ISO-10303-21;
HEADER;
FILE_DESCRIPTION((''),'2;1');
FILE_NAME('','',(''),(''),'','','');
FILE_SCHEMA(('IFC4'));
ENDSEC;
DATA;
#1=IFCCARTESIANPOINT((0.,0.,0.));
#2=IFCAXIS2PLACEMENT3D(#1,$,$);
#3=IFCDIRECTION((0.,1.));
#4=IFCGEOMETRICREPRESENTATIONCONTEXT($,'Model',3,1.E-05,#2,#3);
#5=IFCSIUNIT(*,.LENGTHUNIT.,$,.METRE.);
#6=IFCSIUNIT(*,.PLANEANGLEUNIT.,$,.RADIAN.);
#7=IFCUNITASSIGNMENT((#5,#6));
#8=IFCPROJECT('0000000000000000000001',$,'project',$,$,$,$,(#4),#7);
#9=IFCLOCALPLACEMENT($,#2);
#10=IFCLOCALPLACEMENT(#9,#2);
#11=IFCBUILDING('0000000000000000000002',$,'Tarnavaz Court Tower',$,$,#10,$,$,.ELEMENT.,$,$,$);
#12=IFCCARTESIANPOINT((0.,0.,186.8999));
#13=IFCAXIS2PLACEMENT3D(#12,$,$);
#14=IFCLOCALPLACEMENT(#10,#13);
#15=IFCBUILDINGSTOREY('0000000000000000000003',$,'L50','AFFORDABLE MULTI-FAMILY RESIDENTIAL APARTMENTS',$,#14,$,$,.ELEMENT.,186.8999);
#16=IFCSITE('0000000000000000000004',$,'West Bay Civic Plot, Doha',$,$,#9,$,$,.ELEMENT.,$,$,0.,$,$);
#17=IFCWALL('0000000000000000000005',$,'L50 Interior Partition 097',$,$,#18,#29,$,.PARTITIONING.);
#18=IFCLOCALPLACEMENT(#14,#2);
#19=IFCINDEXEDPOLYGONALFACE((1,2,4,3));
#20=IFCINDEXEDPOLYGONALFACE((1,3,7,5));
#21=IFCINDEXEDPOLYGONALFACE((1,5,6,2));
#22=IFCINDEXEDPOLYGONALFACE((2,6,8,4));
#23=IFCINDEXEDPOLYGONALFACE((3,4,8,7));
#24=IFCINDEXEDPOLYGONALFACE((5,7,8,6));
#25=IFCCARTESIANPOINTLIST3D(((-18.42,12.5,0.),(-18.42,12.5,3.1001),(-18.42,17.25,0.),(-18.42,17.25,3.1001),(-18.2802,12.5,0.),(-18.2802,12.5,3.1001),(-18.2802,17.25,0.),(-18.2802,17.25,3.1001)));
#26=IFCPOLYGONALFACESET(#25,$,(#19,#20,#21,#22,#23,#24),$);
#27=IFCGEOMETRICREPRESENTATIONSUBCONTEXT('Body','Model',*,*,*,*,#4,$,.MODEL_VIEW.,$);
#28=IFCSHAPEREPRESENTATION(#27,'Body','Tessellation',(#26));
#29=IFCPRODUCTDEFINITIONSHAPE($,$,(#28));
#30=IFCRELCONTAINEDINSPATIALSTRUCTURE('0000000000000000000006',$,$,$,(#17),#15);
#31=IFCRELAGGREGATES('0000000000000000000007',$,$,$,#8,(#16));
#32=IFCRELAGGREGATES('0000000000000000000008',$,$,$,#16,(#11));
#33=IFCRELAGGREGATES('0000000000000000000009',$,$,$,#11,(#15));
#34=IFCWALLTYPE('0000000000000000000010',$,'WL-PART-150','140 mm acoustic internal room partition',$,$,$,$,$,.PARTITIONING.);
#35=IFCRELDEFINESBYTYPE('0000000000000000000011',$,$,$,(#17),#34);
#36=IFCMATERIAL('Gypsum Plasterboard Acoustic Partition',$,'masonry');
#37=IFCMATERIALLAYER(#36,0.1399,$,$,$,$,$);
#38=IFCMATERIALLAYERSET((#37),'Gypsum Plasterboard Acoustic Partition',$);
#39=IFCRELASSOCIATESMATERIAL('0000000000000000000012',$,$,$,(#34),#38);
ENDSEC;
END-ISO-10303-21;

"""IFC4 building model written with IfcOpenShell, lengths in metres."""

from ifc_helpers import new_model, si_unit, direction, frame, frame_2d, origin, place, context, subcontext, project, spatial, rectangle, extrude, material, layer, layer_set, type_object, element, save


model = new_model("IFC4")

# Units and contexts
model_context = context("Model", 3, precision=1e-05, world=origin(), true_north=direction((0.0, 1.0)))
body_context = subcontext(model_context, "Body", "Model", "MODEL_VIEW")
ifc_project = project(units=[si_unit("LENGTHUNIT", "METRE"), si_unit("PLANEANGLEUNIT", "RADIAN")], contexts=[model_context])

# Site, building, storey
site_placement = place(None, origin())
site = spatial("IfcSite", under=ifc_project, at=site_placement, Name="West Bay Civic Plot, Doha", CompositionType="ELEMENT", RefElevation=0.0)
building_placement = place(site_placement, origin())
building = spatial("IfcBuilding", under=site, at=building_placement, Name="Tarnavaz Court Tower", CompositionType="ELEMENT")
storey_placement = place(building_placement, frame((0.0, 0.0, 186.8999)))
storey = spatial("IfcBuildingStorey", under=building, at=storey_placement, Name="L50", Description="AFFORDABLE MULTI-FAMILY RESIDENTIAL APARTMENTS", CompositionType="ELEMENT", Elevation=186.8999)

# Wall
ifc_material_1 = material(Name="Gypsum Plasterboard Acoustic Partition", Category="masonry")
ifc_layer_1 = layer(ifc_material_1, 0.1399)
ifc_layer_set_1 = layer_set([ifc_layer_1], Name="Gypsum Plasterboard Acoustic Partition")
wall_type_1 = type_object("IfcWallType", Name="WL-PART-150", Description="140 mm acoustic internal room partition", PredefinedType="PARTITIONING", material=ifc_layer_set_1)
wall_1_placement = place(storey_placement, frame((-18.3501, 12.5, 0.0), z_axis=(0.0, 0.0, 1.0), x_axis=(0.0, 1.0, 0.0)))
element("IfcWall", 1, at=wall_1_placement, inside=storey, type_object=wall_type_1, Name="L50 Interior Partition 097", PredefinedType="PARTITIONING", context=body_context, shape_type="SweptSolid", body=[
    extrude(rectangle(XDim=4.75, YDim=0.1399, at=frame_2d((2.375, 0.0))), origin(), (0.0, 0.0, 1.0), 3.1001),
])

save(model, "model.ifc")
